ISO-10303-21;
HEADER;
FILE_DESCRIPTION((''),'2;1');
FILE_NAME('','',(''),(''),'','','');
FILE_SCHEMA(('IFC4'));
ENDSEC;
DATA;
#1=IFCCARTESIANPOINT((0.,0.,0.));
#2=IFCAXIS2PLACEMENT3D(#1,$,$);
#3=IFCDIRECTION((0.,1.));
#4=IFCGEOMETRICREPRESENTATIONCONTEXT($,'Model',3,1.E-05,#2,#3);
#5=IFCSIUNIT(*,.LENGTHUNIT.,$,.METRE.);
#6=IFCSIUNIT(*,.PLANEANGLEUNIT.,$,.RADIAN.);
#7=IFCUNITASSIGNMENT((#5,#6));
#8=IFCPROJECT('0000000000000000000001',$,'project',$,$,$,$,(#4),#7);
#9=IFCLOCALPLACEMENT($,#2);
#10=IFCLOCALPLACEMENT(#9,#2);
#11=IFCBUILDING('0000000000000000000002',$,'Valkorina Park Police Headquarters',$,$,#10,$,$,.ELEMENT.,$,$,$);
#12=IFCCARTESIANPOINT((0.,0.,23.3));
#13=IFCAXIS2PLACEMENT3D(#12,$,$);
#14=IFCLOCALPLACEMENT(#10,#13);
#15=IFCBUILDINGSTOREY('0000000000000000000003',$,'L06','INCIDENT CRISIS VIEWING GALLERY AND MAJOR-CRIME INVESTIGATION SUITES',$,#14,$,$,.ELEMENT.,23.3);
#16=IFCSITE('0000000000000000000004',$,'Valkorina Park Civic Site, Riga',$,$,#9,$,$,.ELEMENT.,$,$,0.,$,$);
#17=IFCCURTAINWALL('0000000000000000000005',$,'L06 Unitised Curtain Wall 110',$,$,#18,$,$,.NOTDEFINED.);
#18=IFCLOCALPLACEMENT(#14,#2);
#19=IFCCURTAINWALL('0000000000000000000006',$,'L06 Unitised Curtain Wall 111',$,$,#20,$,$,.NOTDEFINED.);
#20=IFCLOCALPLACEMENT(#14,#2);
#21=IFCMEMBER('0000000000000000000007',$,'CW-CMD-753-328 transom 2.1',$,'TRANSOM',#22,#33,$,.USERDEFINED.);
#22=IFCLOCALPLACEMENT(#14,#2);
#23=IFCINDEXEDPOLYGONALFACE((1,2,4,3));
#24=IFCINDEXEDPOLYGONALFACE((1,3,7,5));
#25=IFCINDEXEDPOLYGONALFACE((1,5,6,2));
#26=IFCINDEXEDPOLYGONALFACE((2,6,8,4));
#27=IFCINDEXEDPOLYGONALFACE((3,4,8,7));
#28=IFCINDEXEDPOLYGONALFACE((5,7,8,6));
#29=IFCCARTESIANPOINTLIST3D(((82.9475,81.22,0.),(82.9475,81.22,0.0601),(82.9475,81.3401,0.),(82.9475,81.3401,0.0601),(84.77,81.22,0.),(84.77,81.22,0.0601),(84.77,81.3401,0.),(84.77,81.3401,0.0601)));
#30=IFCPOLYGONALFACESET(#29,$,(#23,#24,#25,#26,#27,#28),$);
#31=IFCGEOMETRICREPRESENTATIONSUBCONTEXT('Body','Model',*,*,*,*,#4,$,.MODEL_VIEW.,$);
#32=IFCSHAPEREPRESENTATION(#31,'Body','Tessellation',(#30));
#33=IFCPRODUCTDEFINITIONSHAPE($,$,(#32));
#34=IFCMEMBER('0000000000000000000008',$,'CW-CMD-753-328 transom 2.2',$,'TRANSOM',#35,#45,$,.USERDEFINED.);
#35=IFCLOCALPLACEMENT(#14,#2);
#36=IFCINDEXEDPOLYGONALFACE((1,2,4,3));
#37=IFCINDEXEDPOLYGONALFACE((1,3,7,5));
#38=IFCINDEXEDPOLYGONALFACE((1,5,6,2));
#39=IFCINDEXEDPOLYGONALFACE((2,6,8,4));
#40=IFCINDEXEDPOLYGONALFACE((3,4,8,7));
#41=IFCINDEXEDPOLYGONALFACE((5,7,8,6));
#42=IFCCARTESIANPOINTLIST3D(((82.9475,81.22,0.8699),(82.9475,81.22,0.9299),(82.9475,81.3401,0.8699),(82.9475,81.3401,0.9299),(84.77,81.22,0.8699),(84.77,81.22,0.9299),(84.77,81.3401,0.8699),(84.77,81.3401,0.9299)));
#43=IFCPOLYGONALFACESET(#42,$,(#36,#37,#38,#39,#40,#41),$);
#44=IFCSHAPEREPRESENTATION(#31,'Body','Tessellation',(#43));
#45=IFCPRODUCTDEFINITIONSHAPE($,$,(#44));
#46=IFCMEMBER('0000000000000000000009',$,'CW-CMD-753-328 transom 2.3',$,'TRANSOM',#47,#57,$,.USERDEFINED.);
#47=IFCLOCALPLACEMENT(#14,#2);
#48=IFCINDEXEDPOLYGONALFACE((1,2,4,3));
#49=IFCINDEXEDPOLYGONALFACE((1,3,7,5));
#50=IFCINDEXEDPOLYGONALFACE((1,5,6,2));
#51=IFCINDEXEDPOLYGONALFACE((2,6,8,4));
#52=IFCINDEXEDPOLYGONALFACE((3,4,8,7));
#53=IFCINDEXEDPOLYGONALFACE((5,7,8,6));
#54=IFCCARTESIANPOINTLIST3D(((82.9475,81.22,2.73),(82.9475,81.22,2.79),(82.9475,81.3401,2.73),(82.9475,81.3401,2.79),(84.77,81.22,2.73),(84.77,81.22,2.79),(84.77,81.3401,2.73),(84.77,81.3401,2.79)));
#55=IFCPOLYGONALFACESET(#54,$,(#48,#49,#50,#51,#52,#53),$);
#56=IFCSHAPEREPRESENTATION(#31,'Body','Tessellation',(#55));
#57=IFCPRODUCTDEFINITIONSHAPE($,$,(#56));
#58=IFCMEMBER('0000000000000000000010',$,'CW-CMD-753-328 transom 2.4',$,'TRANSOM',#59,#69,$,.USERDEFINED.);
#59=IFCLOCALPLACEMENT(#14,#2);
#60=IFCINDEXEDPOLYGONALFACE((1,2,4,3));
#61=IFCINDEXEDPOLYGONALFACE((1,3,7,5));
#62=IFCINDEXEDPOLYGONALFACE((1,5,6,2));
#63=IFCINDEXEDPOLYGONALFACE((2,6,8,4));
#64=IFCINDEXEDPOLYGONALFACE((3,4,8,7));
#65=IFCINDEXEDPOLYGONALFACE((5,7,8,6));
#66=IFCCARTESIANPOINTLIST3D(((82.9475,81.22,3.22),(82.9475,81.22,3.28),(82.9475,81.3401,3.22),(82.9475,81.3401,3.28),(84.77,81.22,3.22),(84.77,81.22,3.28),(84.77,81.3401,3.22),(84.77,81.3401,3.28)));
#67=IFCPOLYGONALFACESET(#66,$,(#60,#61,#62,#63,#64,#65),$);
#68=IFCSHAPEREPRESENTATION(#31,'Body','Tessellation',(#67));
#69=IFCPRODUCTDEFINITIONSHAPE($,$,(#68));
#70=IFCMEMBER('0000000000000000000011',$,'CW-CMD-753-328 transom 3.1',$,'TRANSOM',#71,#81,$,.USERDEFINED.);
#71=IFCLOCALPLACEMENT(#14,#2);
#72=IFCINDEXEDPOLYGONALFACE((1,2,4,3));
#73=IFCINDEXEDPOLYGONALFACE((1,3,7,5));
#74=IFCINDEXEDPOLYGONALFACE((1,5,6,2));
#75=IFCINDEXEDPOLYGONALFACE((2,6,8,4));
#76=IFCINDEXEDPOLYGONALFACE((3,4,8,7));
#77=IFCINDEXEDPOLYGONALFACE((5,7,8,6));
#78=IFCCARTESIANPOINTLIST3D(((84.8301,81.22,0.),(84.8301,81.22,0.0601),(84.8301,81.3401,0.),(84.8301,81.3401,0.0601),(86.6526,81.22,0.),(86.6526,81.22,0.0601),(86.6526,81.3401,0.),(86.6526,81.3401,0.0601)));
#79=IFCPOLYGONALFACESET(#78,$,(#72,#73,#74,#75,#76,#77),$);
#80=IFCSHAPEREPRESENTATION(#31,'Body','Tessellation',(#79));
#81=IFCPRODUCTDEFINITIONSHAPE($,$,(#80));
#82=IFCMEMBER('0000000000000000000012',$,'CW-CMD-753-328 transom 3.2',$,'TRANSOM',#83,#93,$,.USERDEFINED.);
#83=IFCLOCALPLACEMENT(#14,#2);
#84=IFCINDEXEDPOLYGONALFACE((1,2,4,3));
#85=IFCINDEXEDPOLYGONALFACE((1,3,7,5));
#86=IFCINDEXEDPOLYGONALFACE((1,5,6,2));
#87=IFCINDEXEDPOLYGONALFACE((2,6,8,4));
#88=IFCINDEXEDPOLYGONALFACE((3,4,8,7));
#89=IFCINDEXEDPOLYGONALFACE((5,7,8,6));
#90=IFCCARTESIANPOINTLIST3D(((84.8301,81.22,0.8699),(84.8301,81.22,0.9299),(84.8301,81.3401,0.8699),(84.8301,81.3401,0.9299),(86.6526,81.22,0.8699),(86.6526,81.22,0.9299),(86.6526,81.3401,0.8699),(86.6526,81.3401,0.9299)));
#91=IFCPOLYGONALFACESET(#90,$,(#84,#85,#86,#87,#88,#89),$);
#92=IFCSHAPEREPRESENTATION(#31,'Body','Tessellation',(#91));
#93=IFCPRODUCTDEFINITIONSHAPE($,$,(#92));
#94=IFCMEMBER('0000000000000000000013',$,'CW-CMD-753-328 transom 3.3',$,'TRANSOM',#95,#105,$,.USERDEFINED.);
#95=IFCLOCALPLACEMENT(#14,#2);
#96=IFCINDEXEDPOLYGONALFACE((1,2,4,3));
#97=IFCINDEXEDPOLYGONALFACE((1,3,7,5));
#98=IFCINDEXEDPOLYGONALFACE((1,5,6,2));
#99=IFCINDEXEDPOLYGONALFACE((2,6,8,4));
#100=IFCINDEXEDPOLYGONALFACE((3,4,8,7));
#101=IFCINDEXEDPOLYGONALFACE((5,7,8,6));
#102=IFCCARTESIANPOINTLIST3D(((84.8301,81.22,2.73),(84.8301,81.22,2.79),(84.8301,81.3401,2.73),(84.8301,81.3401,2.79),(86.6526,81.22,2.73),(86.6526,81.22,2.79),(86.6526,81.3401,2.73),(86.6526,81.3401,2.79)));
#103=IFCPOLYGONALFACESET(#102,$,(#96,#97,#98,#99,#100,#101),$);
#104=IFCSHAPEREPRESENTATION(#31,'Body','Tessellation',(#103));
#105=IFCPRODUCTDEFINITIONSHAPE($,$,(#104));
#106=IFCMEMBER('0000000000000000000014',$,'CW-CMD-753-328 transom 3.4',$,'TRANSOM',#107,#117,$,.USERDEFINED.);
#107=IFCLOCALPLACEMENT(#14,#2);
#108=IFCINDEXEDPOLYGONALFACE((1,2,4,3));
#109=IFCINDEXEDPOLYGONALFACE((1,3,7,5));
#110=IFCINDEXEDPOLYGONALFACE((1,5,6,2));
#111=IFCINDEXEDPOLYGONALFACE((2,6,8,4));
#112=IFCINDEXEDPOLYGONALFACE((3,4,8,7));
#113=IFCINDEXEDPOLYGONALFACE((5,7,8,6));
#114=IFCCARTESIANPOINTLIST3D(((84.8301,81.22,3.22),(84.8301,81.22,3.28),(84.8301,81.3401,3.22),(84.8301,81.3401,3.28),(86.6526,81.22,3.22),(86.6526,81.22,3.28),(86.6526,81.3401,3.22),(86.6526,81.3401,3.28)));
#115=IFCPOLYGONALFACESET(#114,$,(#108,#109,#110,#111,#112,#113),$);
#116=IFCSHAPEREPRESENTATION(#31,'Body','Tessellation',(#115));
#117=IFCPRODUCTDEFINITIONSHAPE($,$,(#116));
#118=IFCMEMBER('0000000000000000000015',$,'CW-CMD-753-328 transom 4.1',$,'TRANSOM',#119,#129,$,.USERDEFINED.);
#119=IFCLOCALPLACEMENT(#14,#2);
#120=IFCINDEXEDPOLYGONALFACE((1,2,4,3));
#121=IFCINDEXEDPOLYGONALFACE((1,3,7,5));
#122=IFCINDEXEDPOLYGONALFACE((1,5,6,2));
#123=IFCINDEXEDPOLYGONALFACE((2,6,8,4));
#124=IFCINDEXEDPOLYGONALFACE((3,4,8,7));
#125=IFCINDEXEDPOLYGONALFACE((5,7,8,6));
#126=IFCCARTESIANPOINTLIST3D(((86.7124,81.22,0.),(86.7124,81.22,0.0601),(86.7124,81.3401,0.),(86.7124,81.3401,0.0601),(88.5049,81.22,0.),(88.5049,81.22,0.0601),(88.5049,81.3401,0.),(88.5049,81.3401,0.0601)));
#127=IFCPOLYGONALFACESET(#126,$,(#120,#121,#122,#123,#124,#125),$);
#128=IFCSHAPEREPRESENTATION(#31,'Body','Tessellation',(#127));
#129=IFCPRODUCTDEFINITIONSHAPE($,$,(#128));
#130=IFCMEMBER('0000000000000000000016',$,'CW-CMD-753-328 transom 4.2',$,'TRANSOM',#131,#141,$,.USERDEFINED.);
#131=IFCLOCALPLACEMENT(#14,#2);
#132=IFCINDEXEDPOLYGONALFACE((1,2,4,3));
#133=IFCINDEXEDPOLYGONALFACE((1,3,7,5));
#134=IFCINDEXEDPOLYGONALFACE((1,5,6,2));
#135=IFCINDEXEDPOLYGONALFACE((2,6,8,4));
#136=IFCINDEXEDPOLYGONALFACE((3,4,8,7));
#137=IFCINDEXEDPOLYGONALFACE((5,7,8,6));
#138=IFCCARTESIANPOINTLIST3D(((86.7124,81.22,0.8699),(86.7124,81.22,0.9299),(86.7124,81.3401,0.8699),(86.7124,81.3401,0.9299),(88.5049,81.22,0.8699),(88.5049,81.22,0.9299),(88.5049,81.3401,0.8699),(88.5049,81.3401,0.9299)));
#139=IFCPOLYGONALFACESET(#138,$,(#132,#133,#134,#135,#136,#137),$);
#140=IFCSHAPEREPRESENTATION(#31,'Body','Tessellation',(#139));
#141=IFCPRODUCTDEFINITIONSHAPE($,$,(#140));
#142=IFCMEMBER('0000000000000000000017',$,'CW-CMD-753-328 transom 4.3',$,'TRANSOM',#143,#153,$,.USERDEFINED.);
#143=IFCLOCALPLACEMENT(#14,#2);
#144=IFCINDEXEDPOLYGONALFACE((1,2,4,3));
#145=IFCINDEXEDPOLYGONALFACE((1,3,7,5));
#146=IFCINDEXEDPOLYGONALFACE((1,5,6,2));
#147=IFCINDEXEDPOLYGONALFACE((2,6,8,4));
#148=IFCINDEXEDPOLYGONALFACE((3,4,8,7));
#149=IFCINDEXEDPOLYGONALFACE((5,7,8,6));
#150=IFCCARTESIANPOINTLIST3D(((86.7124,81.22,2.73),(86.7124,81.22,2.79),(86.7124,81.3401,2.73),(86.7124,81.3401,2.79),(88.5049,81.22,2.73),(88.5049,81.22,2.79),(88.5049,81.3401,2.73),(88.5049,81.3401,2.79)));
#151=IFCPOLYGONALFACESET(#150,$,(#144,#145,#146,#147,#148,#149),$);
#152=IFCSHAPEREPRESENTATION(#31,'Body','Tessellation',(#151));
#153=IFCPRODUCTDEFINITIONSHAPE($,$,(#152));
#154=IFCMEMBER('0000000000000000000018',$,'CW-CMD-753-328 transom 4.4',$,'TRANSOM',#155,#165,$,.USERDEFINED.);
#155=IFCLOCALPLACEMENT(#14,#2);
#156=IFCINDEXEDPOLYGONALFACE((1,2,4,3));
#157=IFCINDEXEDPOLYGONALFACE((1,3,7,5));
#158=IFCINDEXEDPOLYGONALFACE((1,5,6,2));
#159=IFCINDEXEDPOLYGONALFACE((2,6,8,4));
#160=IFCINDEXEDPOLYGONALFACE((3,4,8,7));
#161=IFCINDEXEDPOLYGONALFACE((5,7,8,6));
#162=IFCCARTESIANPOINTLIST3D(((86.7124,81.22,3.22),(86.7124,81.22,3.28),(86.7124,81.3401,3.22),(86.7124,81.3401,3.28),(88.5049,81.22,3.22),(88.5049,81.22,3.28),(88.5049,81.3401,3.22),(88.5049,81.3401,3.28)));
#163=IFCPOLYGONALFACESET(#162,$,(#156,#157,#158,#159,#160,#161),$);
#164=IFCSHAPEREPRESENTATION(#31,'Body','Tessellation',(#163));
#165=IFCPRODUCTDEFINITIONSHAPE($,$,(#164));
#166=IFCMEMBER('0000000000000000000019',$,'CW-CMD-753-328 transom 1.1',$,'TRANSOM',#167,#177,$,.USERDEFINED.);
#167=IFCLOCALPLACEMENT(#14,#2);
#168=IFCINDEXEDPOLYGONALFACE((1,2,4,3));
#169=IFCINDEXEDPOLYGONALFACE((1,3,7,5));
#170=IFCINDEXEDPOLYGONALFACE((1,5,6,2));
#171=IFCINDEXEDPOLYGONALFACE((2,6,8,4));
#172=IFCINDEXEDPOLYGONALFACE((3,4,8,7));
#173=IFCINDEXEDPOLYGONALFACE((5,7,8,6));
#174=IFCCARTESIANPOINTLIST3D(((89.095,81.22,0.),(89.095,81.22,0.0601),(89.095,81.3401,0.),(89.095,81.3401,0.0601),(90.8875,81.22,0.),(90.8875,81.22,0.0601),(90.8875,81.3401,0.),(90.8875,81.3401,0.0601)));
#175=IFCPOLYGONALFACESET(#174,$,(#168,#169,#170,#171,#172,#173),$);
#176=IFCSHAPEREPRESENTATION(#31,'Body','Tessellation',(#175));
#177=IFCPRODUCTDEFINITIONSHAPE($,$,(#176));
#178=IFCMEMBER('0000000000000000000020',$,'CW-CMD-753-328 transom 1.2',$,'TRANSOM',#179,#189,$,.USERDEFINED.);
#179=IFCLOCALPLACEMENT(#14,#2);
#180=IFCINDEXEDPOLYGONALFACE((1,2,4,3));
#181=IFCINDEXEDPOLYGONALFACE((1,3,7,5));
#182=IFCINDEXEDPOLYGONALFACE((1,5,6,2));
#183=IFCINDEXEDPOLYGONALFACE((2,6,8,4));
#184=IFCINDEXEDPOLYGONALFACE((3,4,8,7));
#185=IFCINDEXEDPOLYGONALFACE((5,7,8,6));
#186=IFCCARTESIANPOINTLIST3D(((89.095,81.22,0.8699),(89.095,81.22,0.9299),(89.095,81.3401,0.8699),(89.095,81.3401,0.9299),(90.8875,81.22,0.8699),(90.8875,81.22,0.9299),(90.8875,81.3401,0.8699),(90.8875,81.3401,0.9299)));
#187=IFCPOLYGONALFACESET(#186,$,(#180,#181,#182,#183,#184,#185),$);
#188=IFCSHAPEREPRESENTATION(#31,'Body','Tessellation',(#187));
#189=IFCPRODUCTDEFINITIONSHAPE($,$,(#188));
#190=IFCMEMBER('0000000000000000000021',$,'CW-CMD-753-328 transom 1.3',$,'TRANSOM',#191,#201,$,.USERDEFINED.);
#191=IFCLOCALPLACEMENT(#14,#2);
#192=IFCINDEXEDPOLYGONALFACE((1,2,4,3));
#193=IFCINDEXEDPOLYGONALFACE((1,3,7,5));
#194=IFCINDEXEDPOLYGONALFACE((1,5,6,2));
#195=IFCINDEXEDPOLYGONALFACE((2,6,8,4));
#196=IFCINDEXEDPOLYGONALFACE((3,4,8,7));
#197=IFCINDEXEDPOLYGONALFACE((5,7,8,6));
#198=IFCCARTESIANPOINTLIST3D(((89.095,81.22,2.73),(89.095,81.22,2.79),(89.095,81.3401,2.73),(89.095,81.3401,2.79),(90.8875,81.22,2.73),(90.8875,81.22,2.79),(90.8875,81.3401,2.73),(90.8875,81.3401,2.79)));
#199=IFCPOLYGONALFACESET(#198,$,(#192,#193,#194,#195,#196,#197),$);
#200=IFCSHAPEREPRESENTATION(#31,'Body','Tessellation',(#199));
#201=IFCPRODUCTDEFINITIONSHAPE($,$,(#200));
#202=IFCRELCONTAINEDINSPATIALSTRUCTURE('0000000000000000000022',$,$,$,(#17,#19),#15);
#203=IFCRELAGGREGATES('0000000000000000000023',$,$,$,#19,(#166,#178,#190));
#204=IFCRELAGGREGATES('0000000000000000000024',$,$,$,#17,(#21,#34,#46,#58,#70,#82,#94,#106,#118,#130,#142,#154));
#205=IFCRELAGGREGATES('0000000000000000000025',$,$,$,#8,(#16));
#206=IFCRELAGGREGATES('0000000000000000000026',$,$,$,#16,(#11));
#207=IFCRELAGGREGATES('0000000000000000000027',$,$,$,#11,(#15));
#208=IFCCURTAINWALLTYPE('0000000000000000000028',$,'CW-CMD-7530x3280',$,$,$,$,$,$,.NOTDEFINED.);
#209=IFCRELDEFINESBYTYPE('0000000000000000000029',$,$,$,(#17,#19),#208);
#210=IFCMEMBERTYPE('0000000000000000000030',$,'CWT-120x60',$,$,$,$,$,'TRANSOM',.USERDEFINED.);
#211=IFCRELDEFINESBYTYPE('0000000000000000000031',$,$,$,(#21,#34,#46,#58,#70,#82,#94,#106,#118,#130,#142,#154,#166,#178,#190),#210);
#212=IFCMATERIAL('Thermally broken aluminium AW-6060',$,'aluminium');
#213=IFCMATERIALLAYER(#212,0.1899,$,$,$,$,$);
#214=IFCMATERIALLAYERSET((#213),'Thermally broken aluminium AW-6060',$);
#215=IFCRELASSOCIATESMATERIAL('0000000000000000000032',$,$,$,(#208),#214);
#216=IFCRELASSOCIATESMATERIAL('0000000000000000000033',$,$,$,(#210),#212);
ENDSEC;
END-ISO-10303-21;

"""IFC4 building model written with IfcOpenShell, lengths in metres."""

from ifc_helpers import new_model, si_unit, direction, frame, origin, origin_2d, place, context, subcontext, project, spatial, rectangle, extrude, material, layer, layer_set, material_profile, profile_set, type_object, element, aggregate, save


model = new_model("IFC4")

# Units and contexts
model_context = context("Model", 3, precision=1e-05, world=origin(), true_north=direction((0.0, 1.0)))
body_context = subcontext(model_context, "Body", "Model", "MODEL_VIEW")
ifc_project = project(units=[si_unit("LENGTHUNIT", "METRE"), si_unit("PLANEANGLEUNIT", "RADIAN")], contexts=[model_context])

# Site, building, storey
site_placement = place(None, origin())
site = spatial("IfcSite", under=ifc_project, at=site_placement, Name="Valkorina Park Civic Site, Riga", CompositionType="ELEMENT", RefElevation=0.0)
building_placement = place(site_placement, origin())
building = spatial("IfcBuilding", under=site, at=building_placement, Name="Valkorina Park Police Headquarters", CompositionType="ELEMENT")
storey_placement = place(building_placement, frame((0.0, 0.0, 23.3)))
storey = spatial("IfcBuildingStorey", under=building, at=storey_placement, Name="L06", Description="INCIDENT CRISIS VIEWING GALLERY AND MAJOR-CRIME INVESTIGATION SUITES", CompositionType="ELEMENT", Elevation=23.3)

# Curtain wall
ifc_material_1 = material(Name="Thermally broken aluminium AW-6060", Category="aluminium")
ifc_layer_1 = layer(ifc_material_1, 0.1899)
ifc_layer_set_1 = layer_set([ifc_layer_1], Name="Thermally broken aluminium AW-6060")
curtain_wall_type = type_object("IfcCurtainWallType", Name="CW-CMD-7530x3280", PredefinedType="NOTDEFINED", material=ifc_layer_set_1)
curtain_wall_1_placement = place(storey_placement, origin())
curtain_wall_1 = element("IfcCurtainWall", 1, at=curtain_wall_1_placement, inside=storey, type_object=curtain_wall_type, Name="L06 Unitised Curtain Wall 110", PredefinedType="NOTDEFINED")

# Curtain wall
curtain_wall_2_placement = place(storey_placement, origin())
curtain_wall_2 = element("IfcCurtainWall", 2, at=curtain_wall_2_placement, inside=storey, type_object=curtain_wall_type, Name="L06 Unitised Curtain Wall 111", PredefinedType="NOTDEFINED")

# Members
ifc_material_profile_1 = material_profile(ifc_material_1, rectangle(XDim=0.1201, YDim=0.0601, at=origin_2d()), Name="CWT-01 120x60")
ifc_profile_set_1 = profile_set([ifc_material_profile_1], Name="Thermally broken aluminium AW-6060")
member_type_1 = type_object("IfcMemberType", Name="CWT-120x60", ElementType="TRANSOM", PredefinedType="USERDEFINED", material=ifc_profile_set_1)
member_1_placement = place(storey_placement, frame((82.9475, 81.28, 0.03), z_axis=(1.0, 0.0, 0.0), x_axis=(0.0, 1.0, 0.0)))
member_1 = element("IfcMember", 3, at=member_1_placement, type_object=member_type_1, Name="CW-CMD-753-328 transom 2.1", ObjectType="TRANSOM", PredefinedType="USERDEFINED", context=body_context, shape_type="SweptSolid", body=[
    extrude(rectangle(XDim=0.1201, YDim=0.0601, at=origin_2d()), origin(), (0.0, 0.0, 1.0), 1.8225),
])
member_2_placement = place(storey_placement, frame((82.9475, 81.28, 0.8999), z_axis=(1.0, 0.0, 0.0), x_axis=(0.0, 1.0, 0.0)))
member_2 = element("IfcMember", 4, at=member_2_placement, type_object=member_type_1, Name="CW-CMD-753-328 transom 2.2", ObjectType="TRANSOM", PredefinedType="USERDEFINED", context=body_context, shape_type="SweptSolid", body=[
    extrude(rectangle(XDim=0.1201, YDim=0.0601, at=origin_2d()), origin(), (0.0, 0.0, 1.0), 1.8225),
])
member_3_placement = place(storey_placement, frame((82.9475, 81.28, 2.76), z_axis=(1.0, 0.0, 0.0), x_axis=(0.0, 1.0, 0.0)))
member_3 = element("IfcMember", 5, at=member_3_placement, type_object=member_type_1, Name="CW-CMD-753-328 transom 2.3", ObjectType="TRANSOM", PredefinedType="USERDEFINED", context=body_context, shape_type="SweptSolid", body=[
    extrude(rectangle(XDim=0.1201, YDim=0.0601, at=origin_2d()), origin(), (0.0, 0.0, 1.0), 1.8225),
])
member_4_placement = place(storey_placement, frame((82.9475, 81.28, 3.25), z_axis=(1.0, 0.0, 0.0), x_axis=(0.0, 1.0, 0.0)))
member_4 = element("IfcMember", 6, at=member_4_placement, type_object=member_type_1, Name="CW-CMD-753-328 transom 2.4", ObjectType="TRANSOM", PredefinedType="USERDEFINED", context=body_context, shape_type="SweptSolid", body=[
    extrude(rectangle(XDim=0.1201, YDim=0.0601, at=origin_2d()), origin(), (0.0, 0.0, 1.0), 1.8225),
])
member_5_placement = place(storey_placement, frame((84.8301, 81.28, 0.03), z_axis=(1.0, 0.0, 0.0), x_axis=(0.0, 1.0, 0.0)))
member_5 = element("IfcMember", 7, at=member_5_placement, type_object=member_type_1, Name="CW-CMD-753-328 transom 3.1", ObjectType="TRANSOM", PredefinedType="USERDEFINED", context=body_context, shape_type="SweptSolid", body=[
    extrude(rectangle(XDim=0.1201, YDim=0.0601, at=origin_2d()), origin(), (0.0, 0.0, 1.0), 1.8225),
])
member_6_placement = place(storey_placement, frame((84.8301, 81.28, 0.8999), z_axis=(1.0, 0.0, 0.0), x_axis=(0.0, 1.0, 0.0)))
member_6 = element("IfcMember", 8, at=member_6_placement, type_object=member_type_1, Name="CW-CMD-753-328 transom 3.2", ObjectType="TRANSOM", PredefinedType="USERDEFINED", context=body_context, shape_type="SweptSolid", body=[
    extrude(rectangle(XDim=0.1201, YDim=0.0601, at=origin_2d()), origin(), (0.0, 0.0, 1.0), 1.8225),
])
member_7_placement = place(storey_placement, frame((84.8301, 81.28, 2.76), z_axis=(1.0, 0.0, 0.0), x_axis=(0.0, 1.0, 0.0)))
member_7 = element("IfcMember", 9, at=member_7_placement, type_object=member_type_1, Name="CW-CMD-753-328 transom 3.3", ObjectType="TRANSOM", PredefinedType="USERDEFINED", context=body_context, shape_type="SweptSolid", body=[
    extrude(rectangle(XDim=0.1201, YDim=0.0601, at=origin_2d()), origin(), (0.0, 0.0, 1.0), 1.8225),
])
member_8_placement = place(storey_placement, frame((84.8301, 81.28, 3.25), z_axis=(1.0, 0.0, 0.0), x_axis=(0.0, 1.0, 0.0)))
member_8 = element("IfcMember", 10, at=member_8_placement, type_object=member_type_1, Name="CW-CMD-753-328 transom 3.4", ObjectType="TRANSOM", PredefinedType="USERDEFINED", context=body_context, shape_type="SweptSolid", body=[
    extrude(rectangle(XDim=0.1201, YDim=0.0601, at=origin_2d()), origin(), (0.0, 0.0, 1.0), 1.8225),
])
member_9_placement = place(storey_placement, frame((86.7124, 81.28, 0.03), z_axis=(1.0, 0.0, 0.0), x_axis=(0.0, 1.0, 0.0)))
member_9 = element("IfcMember", 11, at=member_9_placement, type_object=member_type_1, Name="CW-CMD-753-328 transom 4.1", ObjectType="TRANSOM", PredefinedType="USERDEFINED", context=body_context, shape_type="SweptSolid", body=[
    extrude(rectangle(XDim=0.1201, YDim=0.0601, at=origin_2d()), origin(), (0.0, 0.0, 1.0), 1.7925),
])
member_10_placement = place(storey_placement, frame((86.7124, 81.28, 0.8999), z_axis=(1.0, 0.0, 0.0), x_axis=(0.0, 1.0, 0.0)))
member_10 = element("IfcMember", 12, at=member_10_placement, type_object=member_type_1, Name="CW-CMD-753-328 transom 4.2", ObjectType="TRANSOM", PredefinedType="USERDEFINED", context=body_context, shape_type="SweptSolid", body=[
    extrude(rectangle(XDim=0.1201, YDim=0.0601, at=origin_2d()), origin(), (0.0, 0.0, 1.0), 1.7925),
])
member_11_placement = place(storey_placement, frame((86.7124, 81.28, 2.76), z_axis=(1.0, 0.0, 0.0), x_axis=(0.0, 1.0, 0.0)))
member_11 = element("IfcMember", 13, at=member_11_placement, type_object=member_type_1, Name="CW-CMD-753-328 transom 4.3", ObjectType="TRANSOM", PredefinedType="USERDEFINED", context=body_context, shape_type="SweptSolid", body=[
    extrude(rectangle(XDim=0.1201, YDim=0.0601, at=origin_2d()), origin(), (0.0, 0.0, 1.0), 1.7925),
])
member_12_placement = place(storey_placement, frame((86.7124, 81.28, 3.25), z_axis=(1.0, 0.0, 0.0), x_axis=(0.0, 1.0, 0.0)))
member_12 = element("IfcMember", 14, at=member_12_placement, type_object=member_type_1, Name="CW-CMD-753-328 transom 4.4", ObjectType="TRANSOM", PredefinedType="USERDEFINED", context=body_context, shape_type="SweptSolid", body=[
    extrude(rectangle(XDim=0.1201, YDim=0.0601, at=origin_2d()), origin(), (0.0, 0.0, 1.0), 1.7925),
])
member_13_placement = place(storey_placement, frame((89.095, 81.28, 0.03), z_axis=(1.0, 0.0, 0.0), x_axis=(0.0, 1.0, 0.0)))
member_13 = element("IfcMember", 15, at=member_13_placement, type_object=member_type_1, Name="CW-CMD-753-328 transom 1.1", ObjectType="TRANSOM", PredefinedType="USERDEFINED", context=body_context, shape_type="SweptSolid", body=[
    extrude(rectangle(XDim=0.1201, YDim=0.0601, at=origin_2d()), origin(), (0.0, 0.0, 1.0), 1.7925),
])
member_14_placement = place(storey_placement, frame((89.095, 81.28, 0.8999), z_axis=(1.0, 0.0, 0.0), x_axis=(0.0, 1.0, 0.0)))
member_14 = element("IfcMember", 16, at=member_14_placement, type_object=member_type_1, Name="CW-CMD-753-328 transom 1.2", ObjectType="TRANSOM", PredefinedType="USERDEFINED", context=body_context, shape_type="SweptSolid", body=[
    extrude(rectangle(XDim=0.1201, YDim=0.0601, at=origin_2d()), origin(), (0.0, 0.0, 1.0), 1.7925),
])
member_15_placement = place(storey_placement, frame((89.095, 81.28, 2.76), z_axis=(1.0, 0.0, 0.0), x_axis=(0.0, 1.0, 0.0)))
member_15 = element("IfcMember", 17, at=member_15_placement, type_object=member_type_1, Name="CW-CMD-753-328 transom 1.3", ObjectType="TRANSOM", PredefinedType="USERDEFINED", context=body_context, shape_type="SweptSolid", body=[
    extrude(rectangle(XDim=0.1201, YDim=0.0601, at=origin_2d()), origin(), (0.0, 0.0, 1.0), 1.7925),
])
aggregate(curtain_wall_2, [member_13, member_14, member_15])

aggregate(curtain_wall_1, [member_1, member_2, member_3, member_4, member_5, member_6, member_7, member_8, member_9, member_10, member_11, member_12])

save(model, "model.ifc")
